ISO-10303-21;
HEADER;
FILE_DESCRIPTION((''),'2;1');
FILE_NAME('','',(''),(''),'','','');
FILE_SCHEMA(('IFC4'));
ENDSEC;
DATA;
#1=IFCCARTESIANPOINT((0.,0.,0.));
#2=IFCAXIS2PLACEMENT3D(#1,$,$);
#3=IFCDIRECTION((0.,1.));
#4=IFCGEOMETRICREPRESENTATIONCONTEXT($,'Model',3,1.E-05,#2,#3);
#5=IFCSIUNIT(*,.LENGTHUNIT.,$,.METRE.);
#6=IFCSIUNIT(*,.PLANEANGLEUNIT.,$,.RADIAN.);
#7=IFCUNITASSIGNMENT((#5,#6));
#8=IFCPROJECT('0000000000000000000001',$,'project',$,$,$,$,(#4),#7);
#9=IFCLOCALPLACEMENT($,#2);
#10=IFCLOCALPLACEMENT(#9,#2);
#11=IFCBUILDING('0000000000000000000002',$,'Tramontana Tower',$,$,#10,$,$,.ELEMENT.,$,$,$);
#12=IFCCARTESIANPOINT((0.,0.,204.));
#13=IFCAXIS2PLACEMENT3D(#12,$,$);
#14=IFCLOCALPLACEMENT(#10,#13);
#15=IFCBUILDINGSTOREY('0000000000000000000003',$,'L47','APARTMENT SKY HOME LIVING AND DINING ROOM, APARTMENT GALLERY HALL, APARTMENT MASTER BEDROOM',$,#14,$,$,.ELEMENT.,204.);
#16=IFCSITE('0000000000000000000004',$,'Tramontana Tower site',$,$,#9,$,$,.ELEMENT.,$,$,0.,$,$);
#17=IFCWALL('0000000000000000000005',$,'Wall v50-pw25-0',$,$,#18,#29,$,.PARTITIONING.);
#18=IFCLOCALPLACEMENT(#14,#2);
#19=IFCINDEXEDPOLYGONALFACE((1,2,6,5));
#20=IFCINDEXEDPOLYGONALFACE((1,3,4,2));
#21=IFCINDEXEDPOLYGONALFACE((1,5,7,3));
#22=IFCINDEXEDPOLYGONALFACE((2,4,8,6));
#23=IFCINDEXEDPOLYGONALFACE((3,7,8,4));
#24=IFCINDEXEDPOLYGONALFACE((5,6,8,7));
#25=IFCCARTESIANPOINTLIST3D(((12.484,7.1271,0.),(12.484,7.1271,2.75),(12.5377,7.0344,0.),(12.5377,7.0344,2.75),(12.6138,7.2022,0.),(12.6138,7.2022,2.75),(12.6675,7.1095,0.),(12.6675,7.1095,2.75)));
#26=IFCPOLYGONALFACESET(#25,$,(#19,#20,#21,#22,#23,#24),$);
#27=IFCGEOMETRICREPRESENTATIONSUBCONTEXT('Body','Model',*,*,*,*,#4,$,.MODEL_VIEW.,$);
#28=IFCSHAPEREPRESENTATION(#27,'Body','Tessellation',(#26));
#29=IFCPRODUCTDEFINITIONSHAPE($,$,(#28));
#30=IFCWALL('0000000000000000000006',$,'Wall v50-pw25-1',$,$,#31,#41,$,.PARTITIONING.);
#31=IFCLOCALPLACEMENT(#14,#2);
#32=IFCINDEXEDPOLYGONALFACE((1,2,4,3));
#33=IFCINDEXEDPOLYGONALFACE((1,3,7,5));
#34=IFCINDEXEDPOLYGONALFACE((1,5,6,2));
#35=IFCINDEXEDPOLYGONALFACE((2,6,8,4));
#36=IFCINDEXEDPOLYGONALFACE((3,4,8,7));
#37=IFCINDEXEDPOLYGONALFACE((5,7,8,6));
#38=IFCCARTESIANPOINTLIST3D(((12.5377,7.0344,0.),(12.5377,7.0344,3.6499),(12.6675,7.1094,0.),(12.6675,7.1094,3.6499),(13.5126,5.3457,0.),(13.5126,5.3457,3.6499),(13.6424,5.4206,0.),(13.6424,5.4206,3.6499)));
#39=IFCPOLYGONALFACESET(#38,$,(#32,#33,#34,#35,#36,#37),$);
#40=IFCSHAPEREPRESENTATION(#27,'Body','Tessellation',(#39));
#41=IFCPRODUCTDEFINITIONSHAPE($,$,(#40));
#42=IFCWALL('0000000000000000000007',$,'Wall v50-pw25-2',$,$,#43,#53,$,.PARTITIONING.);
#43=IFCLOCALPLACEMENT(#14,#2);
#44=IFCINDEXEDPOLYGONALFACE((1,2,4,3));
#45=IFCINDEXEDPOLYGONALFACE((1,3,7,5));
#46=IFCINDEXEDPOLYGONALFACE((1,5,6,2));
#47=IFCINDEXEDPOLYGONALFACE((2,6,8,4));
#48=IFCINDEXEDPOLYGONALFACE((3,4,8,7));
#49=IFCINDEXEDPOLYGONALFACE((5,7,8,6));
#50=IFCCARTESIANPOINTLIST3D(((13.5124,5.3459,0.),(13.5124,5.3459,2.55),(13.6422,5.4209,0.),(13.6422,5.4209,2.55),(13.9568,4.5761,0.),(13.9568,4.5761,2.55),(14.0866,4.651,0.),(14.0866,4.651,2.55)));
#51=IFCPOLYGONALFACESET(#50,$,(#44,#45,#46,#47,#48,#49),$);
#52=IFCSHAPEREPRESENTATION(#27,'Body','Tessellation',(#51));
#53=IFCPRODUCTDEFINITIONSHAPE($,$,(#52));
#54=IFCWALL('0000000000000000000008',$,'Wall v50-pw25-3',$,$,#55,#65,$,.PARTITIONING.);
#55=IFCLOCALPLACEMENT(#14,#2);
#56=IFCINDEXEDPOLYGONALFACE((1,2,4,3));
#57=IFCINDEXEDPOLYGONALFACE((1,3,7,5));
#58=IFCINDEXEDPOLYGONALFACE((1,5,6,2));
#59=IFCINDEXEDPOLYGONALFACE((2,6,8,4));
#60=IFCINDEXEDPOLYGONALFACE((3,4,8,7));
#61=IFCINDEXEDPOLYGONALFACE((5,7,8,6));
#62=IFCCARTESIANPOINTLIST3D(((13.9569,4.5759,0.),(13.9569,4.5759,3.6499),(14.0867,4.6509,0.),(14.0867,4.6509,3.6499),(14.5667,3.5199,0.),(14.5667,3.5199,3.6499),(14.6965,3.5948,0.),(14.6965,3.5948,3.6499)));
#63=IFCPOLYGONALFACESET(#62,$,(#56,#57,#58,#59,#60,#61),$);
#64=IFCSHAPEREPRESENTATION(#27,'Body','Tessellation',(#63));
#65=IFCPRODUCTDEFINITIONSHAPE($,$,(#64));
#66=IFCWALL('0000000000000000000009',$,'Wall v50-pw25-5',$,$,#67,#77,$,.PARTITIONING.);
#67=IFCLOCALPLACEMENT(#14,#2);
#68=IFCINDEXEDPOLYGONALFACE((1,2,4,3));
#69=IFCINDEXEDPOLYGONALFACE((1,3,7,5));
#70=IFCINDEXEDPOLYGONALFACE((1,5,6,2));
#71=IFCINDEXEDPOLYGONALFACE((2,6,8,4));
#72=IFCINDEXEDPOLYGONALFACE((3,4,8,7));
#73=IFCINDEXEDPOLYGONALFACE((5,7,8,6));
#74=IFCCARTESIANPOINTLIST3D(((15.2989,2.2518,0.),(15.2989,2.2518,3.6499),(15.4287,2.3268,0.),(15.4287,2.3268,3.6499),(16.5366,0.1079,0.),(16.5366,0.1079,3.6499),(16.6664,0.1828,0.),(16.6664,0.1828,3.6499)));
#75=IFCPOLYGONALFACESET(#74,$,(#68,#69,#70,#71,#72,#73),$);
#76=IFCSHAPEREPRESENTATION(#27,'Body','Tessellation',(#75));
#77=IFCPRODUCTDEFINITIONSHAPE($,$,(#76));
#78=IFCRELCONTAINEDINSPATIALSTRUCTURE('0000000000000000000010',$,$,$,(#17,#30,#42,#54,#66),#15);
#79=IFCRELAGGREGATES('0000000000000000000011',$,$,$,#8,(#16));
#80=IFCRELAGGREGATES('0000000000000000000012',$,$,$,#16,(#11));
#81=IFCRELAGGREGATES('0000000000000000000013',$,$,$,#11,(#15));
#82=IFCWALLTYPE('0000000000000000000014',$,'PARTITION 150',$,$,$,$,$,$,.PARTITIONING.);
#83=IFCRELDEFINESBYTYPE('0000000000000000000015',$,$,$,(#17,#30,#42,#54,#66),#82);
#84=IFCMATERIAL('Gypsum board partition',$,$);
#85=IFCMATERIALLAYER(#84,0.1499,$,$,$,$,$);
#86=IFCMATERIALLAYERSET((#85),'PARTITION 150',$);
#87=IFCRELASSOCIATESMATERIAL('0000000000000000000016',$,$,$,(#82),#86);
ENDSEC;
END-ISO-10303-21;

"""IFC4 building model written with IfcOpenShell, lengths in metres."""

from ifc_helpers import new_model, si_unit, direction, frame, frame_2d, origin, place, context, subcontext, project, spatial, rectangle, extrude, material, layer, layer_set, type_object, element, save


model = new_model("IFC4")

# Units and contexts
model_context = context("Model", 3, precision=1e-05, world=origin(), true_north=direction((0.0, 1.0)))
body_context = subcontext(model_context, "Body", "Model", "MODEL_VIEW")
ifc_project = project(units=[si_unit("LENGTHUNIT", "METRE"), si_unit("PLANEANGLEUNIT", "RADIAN")], contexts=[model_context])

# Site, building, storey
site_placement = place(None, origin())
site = spatial("IfcSite", under=ifc_project, at=site_placement, Name="Tramontana Tower site", CompositionType="ELEMENT", RefElevation=0.0)
building_placement = place(site_placement, origin())
building = spatial("IfcBuilding", under=site, at=building_placement, Name="Tramontana Tower", CompositionType="ELEMENT")
storey_placement = place(building_placement, frame((0.0, 0.0, 204.0)))
storey = spatial("IfcBuildingStorey", under=building, at=storey_placement, Name="L47", Description="APARTMENT SKY HOME LIVING AND DINING ROOM, APARTMENT GALLERY HALL, APARTMENT MASTER BEDROOM", CompositionType="ELEMENT", Elevation=204.0)

# Shared definitions
ifc_material_1 = material(Name="Gypsum board partition")
ifc_layer_1 = layer(ifc_material_1, 0.1499)
ifc_layer_set_1 = layer_set([ifc_layer_1], Name="PARTITION 150")
wall_type_1 = type_object("IfcWallType", Name="PARTITION 150", PredefinedType="PARTITIONING", material=ifc_layer_set_1)

# Walls
wall_1_placement = place(storey_placement, frame((12.5488, 7.1648, 0.0), z_axis=(0.0, 0.0, 1.0), x_axis=(0.501036, -0.865426, 0.0)))
element("IfcWall", 1, at=wall_1_placement, inside=storey, type_object=wall_type_1, Name="Wall v50-pw25-0", PredefinedType="PARTITIONING", context=body_context, shape_type="SweptSolid", body=[
    extrude(rectangle(XDim=0.1072, YDim=0.1499, at=frame_2d((0.0537, 0.0))), origin(), (0.0, 0.0, 1.0), 2.75),
])
wall_2_placement = place(storey_placement, frame((12.6025, 7.072, 0.0), z_axis=(0.0, 0.0, 1.0), x_axis=(0.49995, -0.866054, 0.0)))
element("IfcWall", 2, at=wall_2_placement, inside=storey, type_object=wall_type_1, Name="Wall v50-pw25-1", PredefinedType="PARTITIONING", context=body_context, shape_type="SweptSolid", body=[
    extrude(rectangle(XDim=1.95, YDim=0.1499, at=frame_2d((0.9751, 0.0))), origin(), (0.0, 0.0, 1.0), 3.6499),
])
wall_3_placement = place(storey_placement, frame((13.5774, 5.3833, 0.0), z_axis=(0.0, 0.0, 1.0), x_axis=(0.499921, -0.866071, 0.0)))
element("IfcWall", 3, at=wall_3_placement, inside=storey, type_object=wall_type_1, Name="Wall v50-pw25-2", PredefinedType="PARTITIONING", context=body_context, shape_type="SweptSolid", body=[
    extrude(rectangle(XDim=0.8889, YDim=0.1499, at=frame_2d((0.4443, 0.0))), origin(), (0.0, 0.0, 1.0), 2.55),
])
wall_4_placement = place(storey_placement, frame((14.0217, 4.6135, 0.0), z_axis=(0.0, 0.0, 1.0), x_axis=(0.500057, -0.865992, 0.0)))
element("IfcWall", 4, at=wall_4_placement, inside=storey, type_object=wall_type_1, Name="Wall v50-pw25-3", PredefinedType="PARTITIONING", context=body_context, shape_type="SweptSolid", body=[
    extrude(rectangle(XDim=1.2195, YDim=0.1499, at=frame_2d((0.6099, 0.0))), origin(), (0.0, 0.0, 1.0), 3.6499),
])

# Wall
wall_5_placement = place(storey_placement, frame((15.3638, 2.2893, 0.0), z_axis=(0.0, 0.0, 1.0), x_axis=(0.499979, -0.866038, 0.0)))
element("IfcWall", 5, at=wall_5_placement, inside=storey, type_object=wall_type_1, Name="Wall v50-pw25-5", PredefinedType="PARTITIONING", context=body_context, shape_type="SweptSolid", body=[
    extrude(rectangle(XDim=2.4756, YDim=0.1499, at=frame_2d((1.2378, 0.0))), origin(), (0.0, 0.0, 1.0), 3.6499),
])

save(model, "model.ifc")
